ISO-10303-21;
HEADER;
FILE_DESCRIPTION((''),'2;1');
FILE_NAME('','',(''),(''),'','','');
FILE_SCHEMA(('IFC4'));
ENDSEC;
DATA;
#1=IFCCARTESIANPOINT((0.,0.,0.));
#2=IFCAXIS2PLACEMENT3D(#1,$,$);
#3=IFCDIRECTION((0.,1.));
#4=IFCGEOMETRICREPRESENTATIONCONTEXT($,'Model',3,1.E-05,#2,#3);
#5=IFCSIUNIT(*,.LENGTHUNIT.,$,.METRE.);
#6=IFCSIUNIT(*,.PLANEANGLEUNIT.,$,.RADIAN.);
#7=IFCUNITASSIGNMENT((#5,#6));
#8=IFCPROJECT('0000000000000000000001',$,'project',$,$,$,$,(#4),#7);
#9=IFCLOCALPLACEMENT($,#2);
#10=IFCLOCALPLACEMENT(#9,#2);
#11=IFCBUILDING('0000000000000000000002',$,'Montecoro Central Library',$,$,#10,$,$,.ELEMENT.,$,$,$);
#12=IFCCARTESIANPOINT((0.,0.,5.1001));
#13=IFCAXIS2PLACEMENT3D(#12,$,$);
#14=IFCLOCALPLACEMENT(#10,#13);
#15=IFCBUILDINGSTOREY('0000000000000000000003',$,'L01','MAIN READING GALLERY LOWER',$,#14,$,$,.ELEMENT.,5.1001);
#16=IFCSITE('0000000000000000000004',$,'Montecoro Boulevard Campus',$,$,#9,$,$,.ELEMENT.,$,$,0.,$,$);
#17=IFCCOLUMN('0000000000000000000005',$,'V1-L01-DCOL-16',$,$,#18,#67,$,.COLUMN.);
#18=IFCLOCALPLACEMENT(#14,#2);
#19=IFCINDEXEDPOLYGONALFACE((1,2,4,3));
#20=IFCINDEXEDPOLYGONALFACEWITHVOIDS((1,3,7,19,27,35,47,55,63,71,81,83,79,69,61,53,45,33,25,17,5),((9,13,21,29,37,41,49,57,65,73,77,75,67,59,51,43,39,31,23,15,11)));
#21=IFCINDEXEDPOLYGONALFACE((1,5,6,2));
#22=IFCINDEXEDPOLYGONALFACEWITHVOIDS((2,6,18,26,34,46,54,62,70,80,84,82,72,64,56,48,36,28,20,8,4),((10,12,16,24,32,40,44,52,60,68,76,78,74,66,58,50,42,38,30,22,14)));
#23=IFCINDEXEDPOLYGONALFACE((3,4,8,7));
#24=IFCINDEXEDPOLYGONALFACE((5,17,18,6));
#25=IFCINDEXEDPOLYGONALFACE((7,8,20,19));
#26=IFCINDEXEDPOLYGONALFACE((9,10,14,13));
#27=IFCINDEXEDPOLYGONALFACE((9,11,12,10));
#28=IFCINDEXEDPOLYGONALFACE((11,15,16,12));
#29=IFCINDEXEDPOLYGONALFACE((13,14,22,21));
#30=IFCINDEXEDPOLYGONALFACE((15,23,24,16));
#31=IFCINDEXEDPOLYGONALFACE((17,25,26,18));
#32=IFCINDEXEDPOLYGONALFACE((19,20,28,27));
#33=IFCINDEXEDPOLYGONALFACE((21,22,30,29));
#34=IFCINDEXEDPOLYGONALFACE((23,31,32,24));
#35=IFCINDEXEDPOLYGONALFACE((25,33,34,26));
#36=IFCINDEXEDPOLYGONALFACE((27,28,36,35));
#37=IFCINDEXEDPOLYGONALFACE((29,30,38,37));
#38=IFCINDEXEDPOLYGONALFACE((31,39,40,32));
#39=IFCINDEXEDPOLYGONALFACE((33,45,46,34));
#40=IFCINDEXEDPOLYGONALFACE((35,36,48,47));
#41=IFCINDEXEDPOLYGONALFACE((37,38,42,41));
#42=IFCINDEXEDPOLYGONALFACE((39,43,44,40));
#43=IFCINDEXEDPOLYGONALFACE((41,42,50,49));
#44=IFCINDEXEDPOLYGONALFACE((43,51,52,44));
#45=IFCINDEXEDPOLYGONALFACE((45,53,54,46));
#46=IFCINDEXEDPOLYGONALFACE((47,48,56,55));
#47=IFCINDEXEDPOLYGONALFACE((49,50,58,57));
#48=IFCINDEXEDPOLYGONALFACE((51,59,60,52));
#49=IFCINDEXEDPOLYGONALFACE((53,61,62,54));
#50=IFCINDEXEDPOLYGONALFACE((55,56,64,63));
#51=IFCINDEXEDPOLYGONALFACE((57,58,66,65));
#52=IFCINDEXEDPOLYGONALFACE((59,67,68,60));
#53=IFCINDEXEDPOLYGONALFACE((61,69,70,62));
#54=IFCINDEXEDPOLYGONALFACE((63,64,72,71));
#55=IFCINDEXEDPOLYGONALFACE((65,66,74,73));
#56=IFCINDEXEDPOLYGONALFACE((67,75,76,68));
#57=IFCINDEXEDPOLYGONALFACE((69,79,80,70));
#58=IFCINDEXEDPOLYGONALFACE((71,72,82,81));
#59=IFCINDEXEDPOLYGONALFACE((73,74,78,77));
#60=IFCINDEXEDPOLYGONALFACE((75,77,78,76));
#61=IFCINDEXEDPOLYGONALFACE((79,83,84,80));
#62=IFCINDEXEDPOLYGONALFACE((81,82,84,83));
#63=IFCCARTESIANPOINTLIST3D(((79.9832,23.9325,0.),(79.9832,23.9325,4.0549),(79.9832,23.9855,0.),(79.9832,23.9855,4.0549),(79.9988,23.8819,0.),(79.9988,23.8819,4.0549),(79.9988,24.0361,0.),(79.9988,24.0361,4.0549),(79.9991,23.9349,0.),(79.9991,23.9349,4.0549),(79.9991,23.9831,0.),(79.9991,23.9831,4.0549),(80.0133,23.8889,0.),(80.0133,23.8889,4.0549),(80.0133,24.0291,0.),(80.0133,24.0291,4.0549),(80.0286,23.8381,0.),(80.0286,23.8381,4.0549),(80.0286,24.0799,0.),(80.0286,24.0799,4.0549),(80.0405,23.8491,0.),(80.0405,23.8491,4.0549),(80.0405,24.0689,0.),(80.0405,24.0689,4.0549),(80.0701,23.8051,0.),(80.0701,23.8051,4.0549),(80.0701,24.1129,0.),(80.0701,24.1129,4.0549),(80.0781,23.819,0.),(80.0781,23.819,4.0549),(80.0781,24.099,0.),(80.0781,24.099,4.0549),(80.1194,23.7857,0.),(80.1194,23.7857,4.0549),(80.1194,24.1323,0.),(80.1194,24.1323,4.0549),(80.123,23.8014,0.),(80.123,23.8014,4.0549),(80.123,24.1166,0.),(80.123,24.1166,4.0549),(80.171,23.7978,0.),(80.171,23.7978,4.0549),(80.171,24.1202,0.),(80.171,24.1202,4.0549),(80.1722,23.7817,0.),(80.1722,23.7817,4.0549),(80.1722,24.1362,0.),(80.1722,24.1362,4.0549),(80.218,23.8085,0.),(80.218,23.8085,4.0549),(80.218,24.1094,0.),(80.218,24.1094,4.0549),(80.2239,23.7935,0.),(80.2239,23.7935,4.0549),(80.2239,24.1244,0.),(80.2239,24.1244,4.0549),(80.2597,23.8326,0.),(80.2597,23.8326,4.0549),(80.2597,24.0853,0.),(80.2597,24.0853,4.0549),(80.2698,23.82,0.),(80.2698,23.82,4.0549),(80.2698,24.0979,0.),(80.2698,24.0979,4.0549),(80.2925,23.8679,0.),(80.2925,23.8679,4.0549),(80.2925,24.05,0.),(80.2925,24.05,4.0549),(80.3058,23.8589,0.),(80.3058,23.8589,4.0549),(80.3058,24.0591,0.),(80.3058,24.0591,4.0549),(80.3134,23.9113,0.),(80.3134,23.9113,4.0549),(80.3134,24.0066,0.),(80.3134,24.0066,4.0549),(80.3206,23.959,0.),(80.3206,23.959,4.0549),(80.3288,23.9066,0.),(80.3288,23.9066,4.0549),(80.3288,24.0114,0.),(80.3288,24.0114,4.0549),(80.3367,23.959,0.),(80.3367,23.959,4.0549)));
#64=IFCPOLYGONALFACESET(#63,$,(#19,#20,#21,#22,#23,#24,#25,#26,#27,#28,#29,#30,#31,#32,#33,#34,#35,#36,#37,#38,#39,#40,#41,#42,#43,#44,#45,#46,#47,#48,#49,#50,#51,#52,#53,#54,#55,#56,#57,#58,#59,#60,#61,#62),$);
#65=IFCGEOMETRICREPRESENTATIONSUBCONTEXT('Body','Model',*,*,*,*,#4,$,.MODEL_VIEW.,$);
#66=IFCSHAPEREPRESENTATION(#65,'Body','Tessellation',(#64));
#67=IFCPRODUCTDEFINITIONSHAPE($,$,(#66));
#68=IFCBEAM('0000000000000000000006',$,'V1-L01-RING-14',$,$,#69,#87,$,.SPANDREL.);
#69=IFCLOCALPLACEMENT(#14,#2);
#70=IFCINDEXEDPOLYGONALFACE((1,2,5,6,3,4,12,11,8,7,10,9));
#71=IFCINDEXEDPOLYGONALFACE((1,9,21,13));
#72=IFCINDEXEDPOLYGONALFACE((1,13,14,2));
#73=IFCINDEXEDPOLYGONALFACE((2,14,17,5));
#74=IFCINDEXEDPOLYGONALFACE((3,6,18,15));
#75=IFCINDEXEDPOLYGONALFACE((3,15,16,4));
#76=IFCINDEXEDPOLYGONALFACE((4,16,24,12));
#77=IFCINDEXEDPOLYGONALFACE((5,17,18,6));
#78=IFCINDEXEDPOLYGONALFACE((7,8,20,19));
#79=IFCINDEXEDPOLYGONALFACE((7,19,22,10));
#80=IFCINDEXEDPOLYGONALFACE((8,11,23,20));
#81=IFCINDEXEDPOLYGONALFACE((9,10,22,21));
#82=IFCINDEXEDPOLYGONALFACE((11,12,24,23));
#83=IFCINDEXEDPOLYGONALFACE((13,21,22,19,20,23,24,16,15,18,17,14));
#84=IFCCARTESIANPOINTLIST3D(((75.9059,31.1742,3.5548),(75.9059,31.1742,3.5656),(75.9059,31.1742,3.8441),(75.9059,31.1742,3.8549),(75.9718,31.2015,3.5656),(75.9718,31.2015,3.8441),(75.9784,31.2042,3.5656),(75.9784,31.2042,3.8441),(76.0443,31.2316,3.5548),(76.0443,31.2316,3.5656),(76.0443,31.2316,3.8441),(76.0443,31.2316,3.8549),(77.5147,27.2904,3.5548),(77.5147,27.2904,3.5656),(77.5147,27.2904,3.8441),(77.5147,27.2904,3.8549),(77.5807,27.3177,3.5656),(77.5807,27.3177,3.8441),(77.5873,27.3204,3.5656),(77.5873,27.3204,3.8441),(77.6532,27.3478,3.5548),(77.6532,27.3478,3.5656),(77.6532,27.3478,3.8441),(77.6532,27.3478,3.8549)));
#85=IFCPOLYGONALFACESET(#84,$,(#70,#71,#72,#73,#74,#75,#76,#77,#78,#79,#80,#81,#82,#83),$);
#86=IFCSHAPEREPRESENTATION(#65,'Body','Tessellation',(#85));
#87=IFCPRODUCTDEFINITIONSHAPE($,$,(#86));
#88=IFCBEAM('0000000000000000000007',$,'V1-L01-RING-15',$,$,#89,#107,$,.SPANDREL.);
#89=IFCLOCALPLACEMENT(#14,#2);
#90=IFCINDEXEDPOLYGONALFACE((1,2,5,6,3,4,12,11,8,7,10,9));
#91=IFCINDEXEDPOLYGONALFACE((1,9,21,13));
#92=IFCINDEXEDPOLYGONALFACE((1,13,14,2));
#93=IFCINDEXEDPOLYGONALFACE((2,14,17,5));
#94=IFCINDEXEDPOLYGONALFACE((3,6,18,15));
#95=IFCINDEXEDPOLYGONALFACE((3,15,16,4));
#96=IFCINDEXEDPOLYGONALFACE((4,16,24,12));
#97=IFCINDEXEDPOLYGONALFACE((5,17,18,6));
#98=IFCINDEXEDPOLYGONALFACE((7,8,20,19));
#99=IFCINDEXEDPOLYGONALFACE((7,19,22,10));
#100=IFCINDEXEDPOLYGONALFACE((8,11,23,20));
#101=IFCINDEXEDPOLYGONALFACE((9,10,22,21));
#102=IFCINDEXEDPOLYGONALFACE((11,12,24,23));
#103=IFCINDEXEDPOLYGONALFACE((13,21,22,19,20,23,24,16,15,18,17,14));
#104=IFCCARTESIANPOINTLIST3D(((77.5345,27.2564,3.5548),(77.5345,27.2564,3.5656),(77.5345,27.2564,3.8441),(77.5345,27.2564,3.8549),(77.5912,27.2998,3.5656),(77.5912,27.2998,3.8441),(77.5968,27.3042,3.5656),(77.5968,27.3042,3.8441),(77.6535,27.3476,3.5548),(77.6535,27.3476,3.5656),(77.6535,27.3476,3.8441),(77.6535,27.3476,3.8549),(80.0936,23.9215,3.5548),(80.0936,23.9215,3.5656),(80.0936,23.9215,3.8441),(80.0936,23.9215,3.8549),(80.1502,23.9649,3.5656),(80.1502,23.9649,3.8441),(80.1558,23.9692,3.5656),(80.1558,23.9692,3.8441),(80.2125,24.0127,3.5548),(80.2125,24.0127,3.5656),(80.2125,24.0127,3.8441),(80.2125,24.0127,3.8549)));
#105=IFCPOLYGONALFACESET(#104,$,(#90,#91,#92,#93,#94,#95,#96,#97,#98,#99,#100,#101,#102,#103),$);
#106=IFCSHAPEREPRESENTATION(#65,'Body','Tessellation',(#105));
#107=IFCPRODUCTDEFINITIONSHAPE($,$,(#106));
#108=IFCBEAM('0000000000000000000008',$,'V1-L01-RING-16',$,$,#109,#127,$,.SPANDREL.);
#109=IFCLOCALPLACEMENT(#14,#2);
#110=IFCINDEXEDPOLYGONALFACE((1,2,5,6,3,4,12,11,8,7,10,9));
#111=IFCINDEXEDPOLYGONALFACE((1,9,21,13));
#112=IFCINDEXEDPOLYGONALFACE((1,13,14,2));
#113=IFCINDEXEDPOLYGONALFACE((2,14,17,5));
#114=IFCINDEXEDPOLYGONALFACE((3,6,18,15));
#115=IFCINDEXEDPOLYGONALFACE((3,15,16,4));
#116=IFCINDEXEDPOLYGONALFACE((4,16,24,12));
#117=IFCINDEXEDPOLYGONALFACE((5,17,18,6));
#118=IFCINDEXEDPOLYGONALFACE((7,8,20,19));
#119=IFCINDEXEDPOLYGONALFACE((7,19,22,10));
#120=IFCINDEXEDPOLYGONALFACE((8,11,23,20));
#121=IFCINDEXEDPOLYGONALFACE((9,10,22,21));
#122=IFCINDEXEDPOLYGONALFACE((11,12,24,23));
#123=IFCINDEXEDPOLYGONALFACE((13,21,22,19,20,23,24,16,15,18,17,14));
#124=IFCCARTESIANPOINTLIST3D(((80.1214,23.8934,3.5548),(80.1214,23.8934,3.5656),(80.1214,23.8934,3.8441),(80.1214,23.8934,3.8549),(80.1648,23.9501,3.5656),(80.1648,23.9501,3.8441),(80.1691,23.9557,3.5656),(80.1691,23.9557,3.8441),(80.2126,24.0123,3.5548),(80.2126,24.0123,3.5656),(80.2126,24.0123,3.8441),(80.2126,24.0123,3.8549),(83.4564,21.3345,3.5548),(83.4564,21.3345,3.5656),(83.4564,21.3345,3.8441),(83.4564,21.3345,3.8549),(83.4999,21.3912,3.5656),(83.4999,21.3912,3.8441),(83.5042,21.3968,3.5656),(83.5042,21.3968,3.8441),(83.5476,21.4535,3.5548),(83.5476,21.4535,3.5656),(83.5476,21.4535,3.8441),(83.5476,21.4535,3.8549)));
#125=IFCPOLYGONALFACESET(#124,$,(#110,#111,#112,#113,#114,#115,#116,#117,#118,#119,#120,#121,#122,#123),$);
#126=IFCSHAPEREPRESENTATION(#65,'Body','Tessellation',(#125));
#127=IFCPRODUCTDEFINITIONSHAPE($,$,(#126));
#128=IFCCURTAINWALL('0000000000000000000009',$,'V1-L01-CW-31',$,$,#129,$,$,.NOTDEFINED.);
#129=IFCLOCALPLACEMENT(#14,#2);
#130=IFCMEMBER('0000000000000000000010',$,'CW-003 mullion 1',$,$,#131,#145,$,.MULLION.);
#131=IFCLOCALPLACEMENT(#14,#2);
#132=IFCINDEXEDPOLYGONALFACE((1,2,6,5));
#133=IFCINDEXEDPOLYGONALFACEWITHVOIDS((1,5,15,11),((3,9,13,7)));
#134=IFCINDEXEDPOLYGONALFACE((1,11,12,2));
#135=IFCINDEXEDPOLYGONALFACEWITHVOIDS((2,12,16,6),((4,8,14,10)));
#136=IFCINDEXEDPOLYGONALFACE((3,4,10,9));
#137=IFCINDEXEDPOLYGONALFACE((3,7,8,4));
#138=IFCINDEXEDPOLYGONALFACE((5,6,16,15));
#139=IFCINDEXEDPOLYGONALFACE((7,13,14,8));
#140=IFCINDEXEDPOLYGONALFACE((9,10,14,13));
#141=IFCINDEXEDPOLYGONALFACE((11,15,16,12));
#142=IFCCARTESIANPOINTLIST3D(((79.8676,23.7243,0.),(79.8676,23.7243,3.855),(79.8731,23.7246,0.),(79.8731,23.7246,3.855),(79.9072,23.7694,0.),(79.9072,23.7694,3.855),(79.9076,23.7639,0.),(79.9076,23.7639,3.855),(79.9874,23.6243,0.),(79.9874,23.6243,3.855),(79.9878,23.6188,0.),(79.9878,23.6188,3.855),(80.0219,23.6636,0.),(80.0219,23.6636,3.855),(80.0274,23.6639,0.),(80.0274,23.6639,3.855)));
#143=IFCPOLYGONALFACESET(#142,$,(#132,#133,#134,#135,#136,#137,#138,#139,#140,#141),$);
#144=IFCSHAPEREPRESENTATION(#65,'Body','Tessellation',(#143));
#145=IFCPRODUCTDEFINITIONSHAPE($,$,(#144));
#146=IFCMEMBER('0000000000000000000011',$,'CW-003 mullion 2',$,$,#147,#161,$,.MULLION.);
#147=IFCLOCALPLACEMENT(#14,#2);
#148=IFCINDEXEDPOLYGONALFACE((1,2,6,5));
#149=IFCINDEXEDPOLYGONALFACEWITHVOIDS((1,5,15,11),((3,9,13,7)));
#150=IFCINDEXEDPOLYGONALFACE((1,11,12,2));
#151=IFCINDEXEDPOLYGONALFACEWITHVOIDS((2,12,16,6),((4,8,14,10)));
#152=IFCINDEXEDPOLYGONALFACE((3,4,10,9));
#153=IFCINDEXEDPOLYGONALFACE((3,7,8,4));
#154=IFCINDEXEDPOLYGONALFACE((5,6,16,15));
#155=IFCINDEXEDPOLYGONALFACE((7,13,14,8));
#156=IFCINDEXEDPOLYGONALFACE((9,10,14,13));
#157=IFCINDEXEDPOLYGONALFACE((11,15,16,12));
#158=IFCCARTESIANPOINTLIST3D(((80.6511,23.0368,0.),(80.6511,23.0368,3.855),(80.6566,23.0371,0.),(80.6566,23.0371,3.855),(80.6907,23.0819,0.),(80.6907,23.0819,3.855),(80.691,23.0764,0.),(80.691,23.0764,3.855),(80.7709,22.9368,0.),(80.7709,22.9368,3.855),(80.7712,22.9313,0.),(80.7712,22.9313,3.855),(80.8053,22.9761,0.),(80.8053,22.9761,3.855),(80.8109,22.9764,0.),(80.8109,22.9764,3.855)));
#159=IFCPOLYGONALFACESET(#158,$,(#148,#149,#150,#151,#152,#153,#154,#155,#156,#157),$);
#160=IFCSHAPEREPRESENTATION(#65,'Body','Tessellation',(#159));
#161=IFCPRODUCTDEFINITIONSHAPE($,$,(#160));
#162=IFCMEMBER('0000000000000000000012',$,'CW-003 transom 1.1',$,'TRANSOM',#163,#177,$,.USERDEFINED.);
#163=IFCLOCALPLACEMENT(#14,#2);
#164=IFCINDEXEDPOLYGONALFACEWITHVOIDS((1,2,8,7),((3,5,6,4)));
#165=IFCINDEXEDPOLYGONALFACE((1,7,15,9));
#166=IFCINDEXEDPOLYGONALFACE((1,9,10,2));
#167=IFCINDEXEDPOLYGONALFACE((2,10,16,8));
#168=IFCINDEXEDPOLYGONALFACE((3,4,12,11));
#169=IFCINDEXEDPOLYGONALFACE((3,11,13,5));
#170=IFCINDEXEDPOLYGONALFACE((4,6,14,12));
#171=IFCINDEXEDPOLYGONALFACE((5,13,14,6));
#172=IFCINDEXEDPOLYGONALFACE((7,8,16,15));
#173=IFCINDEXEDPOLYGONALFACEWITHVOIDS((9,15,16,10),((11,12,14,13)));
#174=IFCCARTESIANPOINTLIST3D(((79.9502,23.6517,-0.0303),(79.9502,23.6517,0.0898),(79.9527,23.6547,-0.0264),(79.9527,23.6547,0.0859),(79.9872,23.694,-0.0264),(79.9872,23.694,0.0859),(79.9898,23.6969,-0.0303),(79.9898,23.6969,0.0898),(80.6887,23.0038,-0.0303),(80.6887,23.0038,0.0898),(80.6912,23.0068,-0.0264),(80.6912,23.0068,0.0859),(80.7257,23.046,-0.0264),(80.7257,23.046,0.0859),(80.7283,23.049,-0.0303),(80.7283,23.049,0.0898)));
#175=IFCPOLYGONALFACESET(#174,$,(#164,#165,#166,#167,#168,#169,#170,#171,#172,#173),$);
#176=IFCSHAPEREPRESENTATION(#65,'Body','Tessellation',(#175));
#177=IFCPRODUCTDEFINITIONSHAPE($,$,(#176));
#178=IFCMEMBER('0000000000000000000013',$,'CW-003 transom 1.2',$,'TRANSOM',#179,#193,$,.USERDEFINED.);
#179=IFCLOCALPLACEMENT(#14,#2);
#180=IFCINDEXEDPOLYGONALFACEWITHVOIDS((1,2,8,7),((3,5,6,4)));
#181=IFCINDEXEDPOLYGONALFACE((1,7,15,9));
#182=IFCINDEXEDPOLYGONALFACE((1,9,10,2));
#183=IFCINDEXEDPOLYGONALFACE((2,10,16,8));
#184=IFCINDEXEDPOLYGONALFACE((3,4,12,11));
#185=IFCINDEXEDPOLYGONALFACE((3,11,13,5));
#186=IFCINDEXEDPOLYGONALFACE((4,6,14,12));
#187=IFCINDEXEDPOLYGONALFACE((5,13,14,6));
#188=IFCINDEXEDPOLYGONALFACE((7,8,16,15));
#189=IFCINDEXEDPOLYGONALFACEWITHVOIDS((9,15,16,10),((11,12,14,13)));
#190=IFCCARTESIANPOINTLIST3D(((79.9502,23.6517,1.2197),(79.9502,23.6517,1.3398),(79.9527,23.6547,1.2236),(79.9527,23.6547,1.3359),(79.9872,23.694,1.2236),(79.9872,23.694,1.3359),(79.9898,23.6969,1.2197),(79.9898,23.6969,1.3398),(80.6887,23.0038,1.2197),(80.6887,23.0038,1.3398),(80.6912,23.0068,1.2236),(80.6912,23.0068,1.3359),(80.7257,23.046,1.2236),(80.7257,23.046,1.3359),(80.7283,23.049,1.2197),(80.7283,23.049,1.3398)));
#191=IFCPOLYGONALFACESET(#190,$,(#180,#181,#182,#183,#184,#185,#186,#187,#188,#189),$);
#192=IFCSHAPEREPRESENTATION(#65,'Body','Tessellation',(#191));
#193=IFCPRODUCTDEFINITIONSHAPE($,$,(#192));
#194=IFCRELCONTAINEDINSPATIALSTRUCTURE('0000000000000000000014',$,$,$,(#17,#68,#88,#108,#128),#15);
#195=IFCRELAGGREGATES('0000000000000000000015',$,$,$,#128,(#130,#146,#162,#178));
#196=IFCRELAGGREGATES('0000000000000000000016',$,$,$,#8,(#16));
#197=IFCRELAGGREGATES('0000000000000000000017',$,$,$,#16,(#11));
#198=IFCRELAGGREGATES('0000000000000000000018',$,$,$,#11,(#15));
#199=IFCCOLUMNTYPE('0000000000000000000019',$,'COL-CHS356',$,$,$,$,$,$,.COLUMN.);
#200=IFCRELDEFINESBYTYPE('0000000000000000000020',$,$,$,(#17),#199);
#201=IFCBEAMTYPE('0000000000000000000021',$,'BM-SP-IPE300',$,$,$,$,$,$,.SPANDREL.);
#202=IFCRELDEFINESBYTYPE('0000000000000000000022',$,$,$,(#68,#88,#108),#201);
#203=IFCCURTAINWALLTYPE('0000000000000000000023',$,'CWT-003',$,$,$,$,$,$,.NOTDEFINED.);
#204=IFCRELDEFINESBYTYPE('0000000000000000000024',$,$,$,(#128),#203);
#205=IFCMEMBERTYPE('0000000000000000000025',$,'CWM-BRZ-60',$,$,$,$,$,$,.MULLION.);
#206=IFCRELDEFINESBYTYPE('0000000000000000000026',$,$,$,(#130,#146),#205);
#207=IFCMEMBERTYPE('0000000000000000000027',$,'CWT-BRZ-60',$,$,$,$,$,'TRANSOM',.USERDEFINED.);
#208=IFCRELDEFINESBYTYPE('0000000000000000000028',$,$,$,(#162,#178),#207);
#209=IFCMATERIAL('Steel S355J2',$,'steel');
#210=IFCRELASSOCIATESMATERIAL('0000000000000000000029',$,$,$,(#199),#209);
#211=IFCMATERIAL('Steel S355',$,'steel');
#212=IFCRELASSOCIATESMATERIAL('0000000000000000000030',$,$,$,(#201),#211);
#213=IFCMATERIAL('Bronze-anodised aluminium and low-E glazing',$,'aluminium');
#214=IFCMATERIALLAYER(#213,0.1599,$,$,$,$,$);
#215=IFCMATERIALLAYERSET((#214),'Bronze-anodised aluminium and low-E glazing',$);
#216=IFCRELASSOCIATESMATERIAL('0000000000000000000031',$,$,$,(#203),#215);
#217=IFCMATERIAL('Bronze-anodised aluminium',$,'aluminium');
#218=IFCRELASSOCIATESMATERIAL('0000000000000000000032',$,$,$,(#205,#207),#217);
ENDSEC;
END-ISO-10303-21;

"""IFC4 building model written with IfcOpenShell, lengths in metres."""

from ifc_helpers import new_model, si_unit, direction, frame, origin, origin_2d, place, context, subcontext, project, spatial, hollow_rectangle, hollow_circle, i_section, extrude, material, layer, layer_set, material_profile, profile_set, type_object, element, aggregate, save


model = new_model("IFC4")

# Units and contexts
model_context = context("Model", 3, precision=1e-05, world=origin(), true_north=direction((0.0, 1.0)))
body_context = subcontext(model_context, "Body", "Model", "MODEL_VIEW")
ifc_project = project(units=[si_unit("LENGTHUNIT", "METRE"), si_unit("PLANEANGLEUNIT", "RADIAN")], contexts=[model_context])

# Site, building, storey
site_placement = place(None, origin())
site = spatial("IfcSite", under=ifc_project, at=site_placement, Name="Montecoro Boulevard Campus", CompositionType="ELEMENT", RefElevation=0.0)
building_placement = place(site_placement, origin())
building = spatial("IfcBuilding", under=site, at=building_placement, Name="Montecoro Central Library", CompositionType="ELEMENT")
storey_placement = place(building_placement, frame((0.0, 0.0, 5.1001)))
storey = spatial("IfcBuildingStorey", under=building, at=storey_placement, Name="L01", Description="MAIN READING GALLERY LOWER", CompositionType="ELEMENT", Elevation=5.1001)

# Column
ifc_material_1 = material(Name="Steel S355J2", Category="steel")
ifc_material_profile_1 = material_profile(ifc_material_1, hollow_circle(Radius=0.1777, WallThickness=0.0161, at=origin_2d()), Name="CHS 355.6x16.0")
ifc_profile_set_1 = profile_set([ifc_material_profile_1], Name="Steel S355J2")
column_type = type_object("IfcColumnType", Name="COL-CHS356", PredefinedType="COLUMN", material=ifc_profile_set_1)
for number, where, z_axis, x_axis, name in (
    (1, (80.1589, 23.959, 0.0), (0.0, 0.0, 1.0), (1.0, 0.0, 0.0), "V1-L01-DCOL-16"),
):
    element("IfcColumn", number, at=place(storey_placement, frame(where, z_axis=z_axis, x_axis=x_axis)), inside=storey, type_object=column_type, Name=name, PredefinedType="COLUMN", context=body_context, shape_type="SweptSolid", body=[
        extrude(hollow_circle(Radius=0.1777, WallThickness=0.0161, at=origin_2d()), origin(), (0.0, 0.0, 1.0), 4.0549),
    ])

# Beams
ifc_material_2 = material(Name="Steel S355", Category="steel")
ifc_material_profile_2 = material_profile(ifc_material_2, i_section(OverallWidth=0.1499, OverallDepth=0.3, WebThickness=0.0071, FlangeThickness=0.0107, at=origin_2d()), Name="IPE 300")
ifc_profile_set_2 = profile_set([ifc_material_profile_2], Name="Steel S355")
beam_type = type_object("IfcBeamType", Name="BM-SP-IPE300", PredefinedType="SPANDREL", material=ifc_profile_set_2)
beam_placement = place(storey_placement, frame((75.9751, 31.2029, 3.7048), z_axis=(0.382718, -0.923865, 0.0), x_axis=(0.923865, 0.382718, 0.0)))
element("IfcBeam", 2, at=beam_placement, inside=storey, type_object=beam_type, Name="V1-L01-RING-14", PredefinedType="SPANDREL", context=body_context, shape_type="SweptSolid", body=[
    extrude(i_section(OverallWidth=0.1499, OverallDepth=0.3, WebThickness=0.0071, FlangeThickness=0.0107, at=origin_2d()), origin(), (0.0, 0.0, 1.0), 4.2039),
])
for number, where, z_axis, x_axis, name in (
    (3, (77.594, 27.302, 3.7048), (0.608773, -0.793345, 0.0), (0.793345, 0.608773, 0.0), "V1-L01-RING-15"),
    (4, (80.167, 23.9529, 3.7048), (0.793373, -0.608736, 0.0), (0.608736, 0.793373, 0.0), "V1-L01-RING-16"),
):
    element("IfcBeam", number, at=place(storey_placement, frame(where, z_axis=z_axis, x_axis=x_axis)), inside=storey, type_object=beam_type, Name=name, PredefinedType="SPANDREL", context=body_context, shape_type="SweptSolid", body=[
        extrude(i_section(OverallWidth=0.1499, OverallDepth=0.3, WebThickness=0.0071, FlangeThickness=0.0107, at=origin_2d()), origin(), (0.0, 0.0, 1.0), 4.2036),
    ])

# Curtain wall, members
ifc_material_3 = material(Name="Bronze-anodised aluminium and low-E glazing", Category="aluminium")
ifc_layer_1 = layer(ifc_material_3, 0.1599)
ifc_layer_set_1 = layer_set([ifc_layer_1], Name="Bronze-anodised aluminium and low-E glazing")
curtain_wall_type = type_object("IfcCurtainWallType", Name="CWT-003", PredefinedType="NOTDEFINED", material=ifc_layer_set_1)
curtain_wall_placement = place(storey_placement, origin())
curtain_wall = element("IfcCurtainWall", 5, at=curtain_wall_placement, inside=storey, type_object=curtain_wall_type, Name="V1-L01-CW-31", PredefinedType="NOTDEFINED")
ifc_material_4 = material(Name="Bronze-anodised aluminium", Category="aluminium")
ifc_material_profile_3 = material_profile(ifc_material_4, hollow_rectangle(XDim=0.0601, YDim=0.1599, WallThickness=0.0039, at=origin_2d()), Name="CWM 160x60x4.0")
ifc_profile_set_3 = profile_set([ifc_material_profile_3], Name="Bronze-anodised aluminium")
member_type_1 = type_object("IfcMemberType", Name="CWM-BRZ-60", PredefinedType="MULLION", material=ifc_profile_set_3)
member_1_placement = place(storey_placement, frame((79.9475, 23.6941, 0.0), z_axis=(0.0, 0.0, 1.0), x_axis=(0.659692, 0.751536, 0.0)))
member_1 = element("IfcMember", 6, at=member_1_placement, type_object=member_type_1, Name="CW-003 mullion 1", PredefinedType="MULLION", context=body_context, shape_type="SweptSolid", body=[
    extrude(hollow_rectangle(XDim=0.0601, YDim=0.1599, WallThickness=0.0039, at=origin_2d()), origin(), (0.0, 0.0, 1.0), 3.855),
])
member_2_placement = place(storey_placement, frame((80.731, 23.0066, 0.0), z_axis=(0.0, 0.0, 1.0), x_axis=(0.659692, 0.751536, 0.0)))
member_2 = element("IfcMember", 7, at=member_2_placement, type_object=member_type_1, Name="CW-003 mullion 2", PredefinedType="MULLION", context=body_context, shape_type="SweptSolid", body=[
    extrude(hollow_rectangle(XDim=0.0601, YDim=0.1599, WallThickness=0.0039, at=origin_2d()), origin(), (0.0, 0.0, 1.0), 3.855),
])
ifc_material_profile_4 = material_profile(ifc_material_4, hollow_rectangle(XDim=0.0601, YDim=0.1201, WallThickness=0.0039, at=origin_2d()), Name="CWT 120x60x4.0")
ifc_profile_set_4 = profile_set([ifc_material_profile_4], Name="Bronze-anodised aluminium")
member_type_2 = type_object("IfcMemberType", Name="CWT-BRZ-60", ElementType="TRANSOM", PredefinedType="USERDEFINED", material=ifc_profile_set_4)
member_3_placement = place(storey_placement, frame((79.97, 23.6743, 0.0298), z_axis=(0.751699, -0.659507, 0.0), x_axis=(0.659507, 0.751699, 0.0)))
member_3 = element("IfcMember", 8, at=member_3_placement, type_object=member_type_2, Name="CW-003 transom 1.1", ObjectType="TRANSOM", PredefinedType="USERDEFINED", context=body_context, shape_type="SweptSolid", body=[
    extrude(hollow_rectangle(XDim=0.0601, YDim=0.1201, WallThickness=0.0039, at=origin_2d()), origin(), (0.0, 0.0, 1.0), 0.9824),
])
member_4_placement = place(storey_placement, frame((79.97, 23.6743, 1.2798), z_axis=(0.751699, -0.659507, 0.0), x_axis=(0.659507, 0.751699, 0.0)))
member_4 = element("IfcMember", 9, at=member_4_placement, type_object=member_type_2, Name="CW-003 transom 1.2", ObjectType="TRANSOM", PredefinedType="USERDEFINED", context=body_context, shape_type="SweptSolid", body=[
    extrude(hollow_rectangle(XDim=0.0601, YDim=0.1201, WallThickness=0.0039, at=origin_2d()), origin(), (0.0, 0.0, 1.0), 0.9824),
])
aggregate(curtain_wall, [member_1, member_2, member_3, member_4])

save(model, "model.ifc")
